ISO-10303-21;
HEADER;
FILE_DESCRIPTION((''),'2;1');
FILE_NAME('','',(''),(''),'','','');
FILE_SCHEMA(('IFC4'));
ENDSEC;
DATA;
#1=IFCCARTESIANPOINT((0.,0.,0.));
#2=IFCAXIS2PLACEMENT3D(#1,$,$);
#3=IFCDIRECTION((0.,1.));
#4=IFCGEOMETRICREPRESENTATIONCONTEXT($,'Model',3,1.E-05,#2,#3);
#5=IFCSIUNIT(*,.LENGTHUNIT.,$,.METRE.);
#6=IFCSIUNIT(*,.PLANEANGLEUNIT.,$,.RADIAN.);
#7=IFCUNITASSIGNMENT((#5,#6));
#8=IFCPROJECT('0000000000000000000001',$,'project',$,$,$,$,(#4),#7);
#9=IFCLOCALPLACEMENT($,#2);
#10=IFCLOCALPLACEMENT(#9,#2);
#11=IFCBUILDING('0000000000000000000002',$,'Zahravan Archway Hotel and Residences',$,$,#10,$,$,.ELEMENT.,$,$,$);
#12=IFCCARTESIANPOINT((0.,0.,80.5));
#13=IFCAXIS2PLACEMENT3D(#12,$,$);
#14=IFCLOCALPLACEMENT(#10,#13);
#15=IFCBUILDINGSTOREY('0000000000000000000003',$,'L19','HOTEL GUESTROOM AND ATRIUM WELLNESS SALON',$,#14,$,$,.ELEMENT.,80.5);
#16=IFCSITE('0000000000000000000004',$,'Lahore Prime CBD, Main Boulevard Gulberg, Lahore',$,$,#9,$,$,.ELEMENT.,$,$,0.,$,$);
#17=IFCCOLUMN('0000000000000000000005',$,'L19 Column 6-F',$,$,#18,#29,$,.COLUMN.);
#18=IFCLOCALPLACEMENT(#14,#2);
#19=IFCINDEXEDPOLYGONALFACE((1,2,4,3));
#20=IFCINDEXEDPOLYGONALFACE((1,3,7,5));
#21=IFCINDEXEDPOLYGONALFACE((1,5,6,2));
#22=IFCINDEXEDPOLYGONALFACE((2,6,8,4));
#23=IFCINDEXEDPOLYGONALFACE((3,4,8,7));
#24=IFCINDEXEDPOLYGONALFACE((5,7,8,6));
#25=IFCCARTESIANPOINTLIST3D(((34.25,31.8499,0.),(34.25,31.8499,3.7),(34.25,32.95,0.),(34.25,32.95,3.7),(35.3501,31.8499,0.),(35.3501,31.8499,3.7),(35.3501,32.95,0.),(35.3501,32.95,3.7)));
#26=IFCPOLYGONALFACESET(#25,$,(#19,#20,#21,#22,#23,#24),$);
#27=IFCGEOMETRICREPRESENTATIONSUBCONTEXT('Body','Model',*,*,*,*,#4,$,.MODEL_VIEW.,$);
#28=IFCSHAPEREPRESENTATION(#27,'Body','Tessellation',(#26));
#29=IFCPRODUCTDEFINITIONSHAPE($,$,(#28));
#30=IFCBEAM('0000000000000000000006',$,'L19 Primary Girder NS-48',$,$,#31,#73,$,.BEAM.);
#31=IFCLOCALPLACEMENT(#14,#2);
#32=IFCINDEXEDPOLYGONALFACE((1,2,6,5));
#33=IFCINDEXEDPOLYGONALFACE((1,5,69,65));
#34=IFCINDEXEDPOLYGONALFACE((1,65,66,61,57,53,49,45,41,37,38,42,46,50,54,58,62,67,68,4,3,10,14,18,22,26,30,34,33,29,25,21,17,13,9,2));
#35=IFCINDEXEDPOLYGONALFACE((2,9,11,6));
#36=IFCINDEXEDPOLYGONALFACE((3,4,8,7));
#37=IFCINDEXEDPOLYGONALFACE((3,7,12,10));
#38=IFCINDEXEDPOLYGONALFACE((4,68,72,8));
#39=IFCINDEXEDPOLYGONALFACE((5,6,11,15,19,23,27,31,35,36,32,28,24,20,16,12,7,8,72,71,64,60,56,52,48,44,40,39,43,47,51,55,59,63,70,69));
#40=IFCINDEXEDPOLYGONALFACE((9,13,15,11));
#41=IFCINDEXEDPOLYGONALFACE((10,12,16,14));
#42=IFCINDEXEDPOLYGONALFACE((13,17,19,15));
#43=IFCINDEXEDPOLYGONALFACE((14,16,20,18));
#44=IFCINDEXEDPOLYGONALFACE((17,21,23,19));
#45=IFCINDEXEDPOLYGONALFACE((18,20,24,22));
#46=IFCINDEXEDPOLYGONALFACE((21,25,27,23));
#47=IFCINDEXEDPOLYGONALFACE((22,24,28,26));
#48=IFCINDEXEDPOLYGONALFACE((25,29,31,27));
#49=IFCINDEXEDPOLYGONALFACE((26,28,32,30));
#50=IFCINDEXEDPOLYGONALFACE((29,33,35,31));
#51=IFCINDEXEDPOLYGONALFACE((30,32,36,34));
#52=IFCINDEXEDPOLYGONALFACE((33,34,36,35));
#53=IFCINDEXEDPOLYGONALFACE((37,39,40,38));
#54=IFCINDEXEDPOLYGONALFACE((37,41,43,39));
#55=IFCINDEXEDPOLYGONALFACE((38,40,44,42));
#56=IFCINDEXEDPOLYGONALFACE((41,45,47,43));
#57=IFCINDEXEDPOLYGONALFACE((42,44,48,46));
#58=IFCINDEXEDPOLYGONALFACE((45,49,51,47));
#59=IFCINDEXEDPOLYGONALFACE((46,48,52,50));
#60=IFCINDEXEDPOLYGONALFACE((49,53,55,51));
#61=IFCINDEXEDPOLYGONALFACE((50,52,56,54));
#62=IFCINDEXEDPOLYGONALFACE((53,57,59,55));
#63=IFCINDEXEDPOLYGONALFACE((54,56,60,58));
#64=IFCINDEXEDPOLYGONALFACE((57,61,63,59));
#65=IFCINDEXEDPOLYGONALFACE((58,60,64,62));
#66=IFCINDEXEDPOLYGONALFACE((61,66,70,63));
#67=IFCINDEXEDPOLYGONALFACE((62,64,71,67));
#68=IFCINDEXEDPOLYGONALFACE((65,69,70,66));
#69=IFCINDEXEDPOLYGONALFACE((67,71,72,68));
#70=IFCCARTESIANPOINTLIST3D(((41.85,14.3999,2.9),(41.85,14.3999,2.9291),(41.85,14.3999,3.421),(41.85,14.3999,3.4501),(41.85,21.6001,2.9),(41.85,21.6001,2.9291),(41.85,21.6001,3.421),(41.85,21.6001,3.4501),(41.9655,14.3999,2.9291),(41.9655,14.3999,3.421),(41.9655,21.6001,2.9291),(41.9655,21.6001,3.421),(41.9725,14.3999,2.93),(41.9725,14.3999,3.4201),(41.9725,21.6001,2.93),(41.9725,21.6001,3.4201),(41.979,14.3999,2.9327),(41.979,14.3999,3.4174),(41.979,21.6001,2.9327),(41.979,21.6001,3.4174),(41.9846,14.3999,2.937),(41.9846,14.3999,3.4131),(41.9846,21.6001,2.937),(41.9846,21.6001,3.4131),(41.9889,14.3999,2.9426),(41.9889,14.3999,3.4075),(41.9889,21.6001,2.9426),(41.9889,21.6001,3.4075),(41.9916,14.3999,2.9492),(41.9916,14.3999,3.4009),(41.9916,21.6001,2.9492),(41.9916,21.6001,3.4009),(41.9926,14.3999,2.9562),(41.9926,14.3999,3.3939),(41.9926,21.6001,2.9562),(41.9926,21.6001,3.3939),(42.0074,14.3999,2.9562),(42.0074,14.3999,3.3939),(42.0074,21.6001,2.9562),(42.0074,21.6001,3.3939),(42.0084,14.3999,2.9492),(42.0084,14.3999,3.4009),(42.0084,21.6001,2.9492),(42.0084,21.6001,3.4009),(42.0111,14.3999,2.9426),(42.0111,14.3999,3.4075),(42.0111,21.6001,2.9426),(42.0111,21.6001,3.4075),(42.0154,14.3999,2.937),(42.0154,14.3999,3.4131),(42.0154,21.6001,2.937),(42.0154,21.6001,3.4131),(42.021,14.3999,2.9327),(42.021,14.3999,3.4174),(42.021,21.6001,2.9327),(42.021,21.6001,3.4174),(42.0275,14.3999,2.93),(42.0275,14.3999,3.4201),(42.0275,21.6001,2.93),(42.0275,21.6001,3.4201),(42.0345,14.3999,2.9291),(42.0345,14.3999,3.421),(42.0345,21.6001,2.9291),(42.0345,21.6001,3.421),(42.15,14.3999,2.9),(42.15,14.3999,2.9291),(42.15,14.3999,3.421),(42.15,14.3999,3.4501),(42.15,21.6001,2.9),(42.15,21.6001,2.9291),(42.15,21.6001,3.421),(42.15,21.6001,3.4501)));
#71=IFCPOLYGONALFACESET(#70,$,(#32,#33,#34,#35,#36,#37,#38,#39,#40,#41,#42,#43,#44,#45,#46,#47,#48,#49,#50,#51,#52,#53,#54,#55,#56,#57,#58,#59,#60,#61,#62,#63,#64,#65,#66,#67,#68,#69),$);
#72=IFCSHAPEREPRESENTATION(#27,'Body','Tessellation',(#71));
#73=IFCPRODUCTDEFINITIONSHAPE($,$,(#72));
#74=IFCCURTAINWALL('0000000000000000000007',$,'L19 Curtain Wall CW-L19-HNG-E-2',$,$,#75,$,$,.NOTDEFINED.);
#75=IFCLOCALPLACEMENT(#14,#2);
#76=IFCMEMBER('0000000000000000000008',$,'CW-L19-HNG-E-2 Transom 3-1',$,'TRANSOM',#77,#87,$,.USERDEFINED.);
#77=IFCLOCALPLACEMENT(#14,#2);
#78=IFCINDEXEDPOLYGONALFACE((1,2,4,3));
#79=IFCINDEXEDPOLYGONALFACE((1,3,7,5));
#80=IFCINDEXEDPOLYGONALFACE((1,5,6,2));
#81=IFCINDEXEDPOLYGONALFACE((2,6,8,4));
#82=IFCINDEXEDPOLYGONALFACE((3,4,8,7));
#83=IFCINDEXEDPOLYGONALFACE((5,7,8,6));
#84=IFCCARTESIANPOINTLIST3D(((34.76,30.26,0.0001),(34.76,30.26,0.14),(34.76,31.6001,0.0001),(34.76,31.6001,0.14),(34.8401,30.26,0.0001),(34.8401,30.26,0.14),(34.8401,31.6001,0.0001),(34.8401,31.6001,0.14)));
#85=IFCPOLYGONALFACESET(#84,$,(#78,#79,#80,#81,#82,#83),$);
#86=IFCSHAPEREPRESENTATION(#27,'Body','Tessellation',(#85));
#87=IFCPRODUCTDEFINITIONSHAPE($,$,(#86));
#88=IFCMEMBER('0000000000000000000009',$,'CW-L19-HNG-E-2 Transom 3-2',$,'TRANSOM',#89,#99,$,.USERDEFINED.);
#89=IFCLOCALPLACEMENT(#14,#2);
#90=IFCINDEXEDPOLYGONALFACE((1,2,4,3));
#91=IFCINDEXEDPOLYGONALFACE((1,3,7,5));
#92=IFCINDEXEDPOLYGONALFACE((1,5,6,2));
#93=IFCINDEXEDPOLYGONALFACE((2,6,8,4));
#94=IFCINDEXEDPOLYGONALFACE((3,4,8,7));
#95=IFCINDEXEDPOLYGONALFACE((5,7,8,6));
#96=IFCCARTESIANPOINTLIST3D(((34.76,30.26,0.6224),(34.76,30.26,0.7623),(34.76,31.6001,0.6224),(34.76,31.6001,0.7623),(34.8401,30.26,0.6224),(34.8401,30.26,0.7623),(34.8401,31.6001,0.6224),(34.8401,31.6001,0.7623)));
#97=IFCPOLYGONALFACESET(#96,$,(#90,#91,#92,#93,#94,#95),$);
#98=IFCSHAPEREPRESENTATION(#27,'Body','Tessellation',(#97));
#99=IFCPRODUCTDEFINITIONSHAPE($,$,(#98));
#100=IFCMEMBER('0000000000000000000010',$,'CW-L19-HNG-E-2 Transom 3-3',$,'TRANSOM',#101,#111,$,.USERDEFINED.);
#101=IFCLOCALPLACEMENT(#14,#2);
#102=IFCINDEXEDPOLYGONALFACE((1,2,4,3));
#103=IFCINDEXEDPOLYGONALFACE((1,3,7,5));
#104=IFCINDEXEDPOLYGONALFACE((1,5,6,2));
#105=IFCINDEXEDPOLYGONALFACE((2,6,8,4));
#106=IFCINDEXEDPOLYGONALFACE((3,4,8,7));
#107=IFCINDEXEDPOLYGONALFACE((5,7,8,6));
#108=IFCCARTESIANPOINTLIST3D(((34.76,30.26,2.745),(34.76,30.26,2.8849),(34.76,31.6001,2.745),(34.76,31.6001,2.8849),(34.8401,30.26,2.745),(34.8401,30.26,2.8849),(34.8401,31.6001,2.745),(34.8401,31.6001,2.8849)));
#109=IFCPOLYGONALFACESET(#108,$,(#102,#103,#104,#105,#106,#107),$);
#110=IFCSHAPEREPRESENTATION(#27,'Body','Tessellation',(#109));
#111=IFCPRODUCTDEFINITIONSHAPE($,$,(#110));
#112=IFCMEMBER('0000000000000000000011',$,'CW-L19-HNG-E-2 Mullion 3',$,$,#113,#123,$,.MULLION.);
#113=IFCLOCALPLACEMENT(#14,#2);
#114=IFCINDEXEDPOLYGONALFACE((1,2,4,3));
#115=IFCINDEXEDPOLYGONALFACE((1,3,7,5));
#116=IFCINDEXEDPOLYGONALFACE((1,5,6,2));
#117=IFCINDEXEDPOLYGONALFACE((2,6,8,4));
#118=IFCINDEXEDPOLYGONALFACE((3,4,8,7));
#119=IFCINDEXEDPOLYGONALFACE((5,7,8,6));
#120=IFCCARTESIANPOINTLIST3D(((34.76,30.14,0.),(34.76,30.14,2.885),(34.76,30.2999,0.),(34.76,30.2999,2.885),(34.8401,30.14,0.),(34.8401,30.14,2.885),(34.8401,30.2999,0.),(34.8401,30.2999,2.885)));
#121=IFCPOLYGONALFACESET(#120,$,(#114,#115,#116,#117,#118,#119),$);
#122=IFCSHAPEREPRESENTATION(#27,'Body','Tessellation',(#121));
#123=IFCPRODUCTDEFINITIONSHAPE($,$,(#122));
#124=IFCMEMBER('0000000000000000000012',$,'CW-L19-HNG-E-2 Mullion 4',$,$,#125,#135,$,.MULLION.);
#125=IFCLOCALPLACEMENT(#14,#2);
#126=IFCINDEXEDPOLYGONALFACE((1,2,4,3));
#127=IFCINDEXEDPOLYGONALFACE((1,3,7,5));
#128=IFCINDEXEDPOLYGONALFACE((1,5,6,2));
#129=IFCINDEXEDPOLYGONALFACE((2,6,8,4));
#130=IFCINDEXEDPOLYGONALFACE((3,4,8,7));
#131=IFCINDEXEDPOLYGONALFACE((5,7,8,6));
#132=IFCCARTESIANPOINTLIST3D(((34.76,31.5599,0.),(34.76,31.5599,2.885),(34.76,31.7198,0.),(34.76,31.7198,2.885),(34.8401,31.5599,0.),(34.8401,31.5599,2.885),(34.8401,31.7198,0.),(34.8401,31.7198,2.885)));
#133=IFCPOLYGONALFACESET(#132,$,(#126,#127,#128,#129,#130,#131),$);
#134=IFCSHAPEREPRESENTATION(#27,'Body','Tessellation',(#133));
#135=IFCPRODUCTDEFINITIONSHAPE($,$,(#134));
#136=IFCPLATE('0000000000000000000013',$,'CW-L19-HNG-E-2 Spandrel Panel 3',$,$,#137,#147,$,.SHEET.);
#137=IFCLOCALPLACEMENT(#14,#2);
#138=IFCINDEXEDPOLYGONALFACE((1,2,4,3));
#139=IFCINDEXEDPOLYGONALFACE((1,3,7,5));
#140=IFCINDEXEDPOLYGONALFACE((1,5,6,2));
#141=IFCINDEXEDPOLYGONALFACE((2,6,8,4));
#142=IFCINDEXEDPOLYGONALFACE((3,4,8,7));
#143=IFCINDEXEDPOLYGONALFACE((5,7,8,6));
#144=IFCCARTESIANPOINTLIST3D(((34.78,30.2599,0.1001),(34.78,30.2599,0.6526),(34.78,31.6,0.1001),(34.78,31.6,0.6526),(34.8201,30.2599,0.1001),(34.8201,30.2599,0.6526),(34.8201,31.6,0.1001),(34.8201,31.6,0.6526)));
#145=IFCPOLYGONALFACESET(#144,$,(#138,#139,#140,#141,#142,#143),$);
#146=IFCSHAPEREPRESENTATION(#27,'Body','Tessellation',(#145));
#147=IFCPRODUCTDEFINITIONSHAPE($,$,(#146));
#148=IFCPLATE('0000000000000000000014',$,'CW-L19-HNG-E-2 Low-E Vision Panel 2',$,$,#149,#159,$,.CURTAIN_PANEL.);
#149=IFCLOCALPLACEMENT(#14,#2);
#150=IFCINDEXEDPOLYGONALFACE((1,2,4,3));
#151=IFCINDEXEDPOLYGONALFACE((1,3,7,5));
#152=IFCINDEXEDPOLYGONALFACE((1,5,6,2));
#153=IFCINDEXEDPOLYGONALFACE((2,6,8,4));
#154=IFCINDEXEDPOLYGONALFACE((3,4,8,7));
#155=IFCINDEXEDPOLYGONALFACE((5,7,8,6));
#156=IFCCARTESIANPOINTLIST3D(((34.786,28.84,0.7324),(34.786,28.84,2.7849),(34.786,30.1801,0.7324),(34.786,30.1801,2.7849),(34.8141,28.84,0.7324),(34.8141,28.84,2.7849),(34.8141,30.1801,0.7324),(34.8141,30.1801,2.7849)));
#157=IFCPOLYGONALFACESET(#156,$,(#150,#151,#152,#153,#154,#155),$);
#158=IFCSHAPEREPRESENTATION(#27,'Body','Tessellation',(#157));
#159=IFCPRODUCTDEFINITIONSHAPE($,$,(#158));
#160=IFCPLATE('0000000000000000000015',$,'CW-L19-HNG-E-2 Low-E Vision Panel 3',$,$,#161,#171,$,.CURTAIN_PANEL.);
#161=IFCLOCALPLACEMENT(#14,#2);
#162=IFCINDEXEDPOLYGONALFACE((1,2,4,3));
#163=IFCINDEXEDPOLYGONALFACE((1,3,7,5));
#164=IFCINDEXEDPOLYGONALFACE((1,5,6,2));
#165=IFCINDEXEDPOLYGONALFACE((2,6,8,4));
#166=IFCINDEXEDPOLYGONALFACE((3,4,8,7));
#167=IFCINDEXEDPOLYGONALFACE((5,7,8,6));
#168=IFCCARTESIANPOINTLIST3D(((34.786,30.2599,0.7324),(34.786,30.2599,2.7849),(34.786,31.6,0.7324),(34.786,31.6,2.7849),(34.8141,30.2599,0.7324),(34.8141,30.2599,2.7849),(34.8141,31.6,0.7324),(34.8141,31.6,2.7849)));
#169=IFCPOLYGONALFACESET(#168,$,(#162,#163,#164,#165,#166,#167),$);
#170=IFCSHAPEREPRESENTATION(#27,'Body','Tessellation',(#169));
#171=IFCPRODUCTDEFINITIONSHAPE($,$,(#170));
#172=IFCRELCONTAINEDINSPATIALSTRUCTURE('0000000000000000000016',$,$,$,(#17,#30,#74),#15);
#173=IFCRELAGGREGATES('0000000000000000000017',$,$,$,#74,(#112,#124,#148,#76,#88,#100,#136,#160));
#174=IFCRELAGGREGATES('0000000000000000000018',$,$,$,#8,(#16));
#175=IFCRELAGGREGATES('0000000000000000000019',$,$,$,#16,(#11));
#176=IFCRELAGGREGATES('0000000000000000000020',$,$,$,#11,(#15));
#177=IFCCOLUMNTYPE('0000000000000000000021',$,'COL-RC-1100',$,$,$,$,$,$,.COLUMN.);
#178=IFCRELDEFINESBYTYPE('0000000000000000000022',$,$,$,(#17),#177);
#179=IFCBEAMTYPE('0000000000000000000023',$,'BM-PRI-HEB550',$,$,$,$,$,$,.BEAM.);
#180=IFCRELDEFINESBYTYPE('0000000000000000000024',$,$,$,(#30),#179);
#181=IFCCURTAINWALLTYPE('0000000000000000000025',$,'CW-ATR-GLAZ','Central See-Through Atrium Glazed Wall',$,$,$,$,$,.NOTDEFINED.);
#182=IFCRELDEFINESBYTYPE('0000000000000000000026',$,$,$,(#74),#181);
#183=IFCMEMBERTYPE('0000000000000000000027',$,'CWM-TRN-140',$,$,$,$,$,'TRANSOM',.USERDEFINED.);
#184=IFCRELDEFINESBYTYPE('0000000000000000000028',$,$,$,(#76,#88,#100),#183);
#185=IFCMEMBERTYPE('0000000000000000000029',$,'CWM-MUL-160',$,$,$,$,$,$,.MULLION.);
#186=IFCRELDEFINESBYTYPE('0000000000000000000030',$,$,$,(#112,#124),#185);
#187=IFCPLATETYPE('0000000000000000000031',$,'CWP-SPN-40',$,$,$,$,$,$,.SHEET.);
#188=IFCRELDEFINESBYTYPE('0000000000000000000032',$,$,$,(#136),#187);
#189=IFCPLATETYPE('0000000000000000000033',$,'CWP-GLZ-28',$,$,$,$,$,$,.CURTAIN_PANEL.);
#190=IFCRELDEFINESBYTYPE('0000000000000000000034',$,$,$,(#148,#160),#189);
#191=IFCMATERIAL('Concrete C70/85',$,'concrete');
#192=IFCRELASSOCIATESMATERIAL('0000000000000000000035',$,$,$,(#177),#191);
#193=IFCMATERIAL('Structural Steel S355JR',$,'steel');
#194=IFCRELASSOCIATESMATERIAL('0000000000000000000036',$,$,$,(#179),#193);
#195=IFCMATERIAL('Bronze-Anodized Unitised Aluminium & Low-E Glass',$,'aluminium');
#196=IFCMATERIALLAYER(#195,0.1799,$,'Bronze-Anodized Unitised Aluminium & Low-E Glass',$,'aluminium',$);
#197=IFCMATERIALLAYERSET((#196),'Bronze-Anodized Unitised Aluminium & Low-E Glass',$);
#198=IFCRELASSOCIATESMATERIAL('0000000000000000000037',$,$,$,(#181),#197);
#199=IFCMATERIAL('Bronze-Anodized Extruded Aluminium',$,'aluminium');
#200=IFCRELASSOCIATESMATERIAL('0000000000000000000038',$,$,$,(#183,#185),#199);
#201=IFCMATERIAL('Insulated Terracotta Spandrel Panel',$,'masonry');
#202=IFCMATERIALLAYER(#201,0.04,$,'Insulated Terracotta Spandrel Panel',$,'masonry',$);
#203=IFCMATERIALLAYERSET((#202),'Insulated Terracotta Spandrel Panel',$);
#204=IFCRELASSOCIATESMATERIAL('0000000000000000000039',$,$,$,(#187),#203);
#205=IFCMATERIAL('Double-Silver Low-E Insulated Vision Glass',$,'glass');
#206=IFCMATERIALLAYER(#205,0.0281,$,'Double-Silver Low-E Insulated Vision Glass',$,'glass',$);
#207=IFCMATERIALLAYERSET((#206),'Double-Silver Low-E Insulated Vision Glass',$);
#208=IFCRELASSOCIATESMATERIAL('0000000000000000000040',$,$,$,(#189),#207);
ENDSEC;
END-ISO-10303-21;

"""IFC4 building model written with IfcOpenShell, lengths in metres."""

from ifc_helpers import new_model, si_unit, direction, frame, origin, origin_2d, place, context, subcontext, project, spatial, rectangle, i_section, extrude, source, transform, mapped, material, layer, layer_set, material_profile, profile_set, type_object, type_shapes, element, aggregate, save


model = new_model("IFC4")

# Units and contexts
model_context = context("Model", 3, precision=1e-05, world=origin(), true_north=direction((0.0, 1.0)))
body_context = subcontext(model_context, "Body", "Model", "MODEL_VIEW")
ifc_project = project(units=[si_unit("LENGTHUNIT", "METRE"), si_unit("PLANEANGLEUNIT", "RADIAN")], contexts=[model_context])

# Site, building, storey
site_placement = place(None, origin())
site = spatial("IfcSite", under=ifc_project, at=site_placement, Name="Lahore Prime CBD, Main Boulevard Gulberg, Lahore", CompositionType="ELEMENT", RefElevation=0.0)
building_placement = place(site_placement, origin())
building = spatial("IfcBuilding", under=site, at=building_placement, Name="Zahravan Archway Hotel and Residences", CompositionType="ELEMENT")
storey_placement = place(building_placement, frame((0.0, 0.0, 80.5)))
storey = spatial("IfcBuildingStorey", under=building, at=storey_placement, Name="L19", Description="HOTEL GUESTROOM AND ATRIUM WELLNESS SALON", CompositionType="ELEMENT", Elevation=80.5)

# Column
ifc_material_1 = material(Name="Concrete C70/85", Category="concrete")
ifc_material_profile_1 = material_profile(ifc_material_1, rectangle(XDim=1.1001, YDim=1.1001, at=origin_2d()), Name="RC 1100x1100", Category="concrete")
ifc_profile_set_1 = profile_set([ifc_material_profile_1], Name="Concrete C70/85")
column_type = type_object("IfcColumnType", Name="COL-RC-1100", PredefinedType="COLUMN", material=ifc_profile_set_1)
shared_shape_1 = source(origin(), body_context, "Body", "SweptSolid", [
    extrude(rectangle(XDim=1.1001, YDim=1.1001, at=origin_2d()), origin(), (0.0, 0.0, 1.0), 3.7),
])
column_placement = place(storey_placement, frame((34.8, 32.3999, 0.0), z_axis=(0.0, 0.0, 1.0), x_axis=(1.0, 0.0, 0.0)))
element("IfcColumn", 1, at=column_placement, inside=storey, type_object=column_type, Name="L19 Column 6-F", PredefinedType="COLUMN", context=body_context, shape_type="MappedRepresentation", body=[
    mapped(shared_shape_1, transform((0.0, 0.0, 0.0), scale=1.0)),
])

# Beam
ifc_material_2 = material(Name="Structural Steel S355JR", Category="steel")
ifc_material_profile_2 = material_profile(ifc_material_2, i_section(OverallWidth=0.3, OverallDepth=0.55, WebThickness=0.0149, FlangeThickness=0.0291, FilletRadius=0.0271, at=origin_2d()), Name="HEB 550", Category="steel")
ifc_profile_set_2 = profile_set([ifc_material_profile_2], Name="Structural Steel S355JR")
beam_type = type_object("IfcBeamType", Name="BM-PRI-HEB550", PredefinedType="BEAM", material=ifc_profile_set_2)
shared_shape_2 = source(origin(), body_context, "Body", "SweptSolid", [
    extrude(i_section(OverallWidth=0.3, OverallDepth=0.55, WebThickness=0.0149, FlangeThickness=0.0291, FilletRadius=0.0271, at=origin_2d()), origin(), (0.0, 0.0, 1.0), 7.2002),
])
type_shapes(beam_type, [shared_shape_2])
beam_placement = place(storey_placement, frame((42.0, 14.3999, 3.175), z_axis=(0.0, 1.0, 0.0), x_axis=(-1.0, 0.0, 0.0)))
element("IfcBeam", 2, at=beam_placement, inside=storey, type_object=beam_type, Name="L19 Primary Girder NS-48", PredefinedType="BEAM", context=body_context, shape_type="MappedRepresentation", body=[
    mapped(shared_shape_2, transform((0.0, 0.0, 0.0), scale=1.0)),
])

# Curtain wall, members, plates
ifc_material_3 = material(Name="Bronze-Anodized Unitised Aluminium & Low-E Glass", Category="aluminium")
ifc_layer_1 = layer(ifc_material_3, 0.1799, Name="Bronze-Anodized Unitised Aluminium & Low-E Glass", Category="aluminium")
ifc_layer_set_1 = layer_set([ifc_layer_1], Name="Bronze-Anodized Unitised Aluminium & Low-E Glass")
curtain_wall_type = type_object("IfcCurtainWallType", Name="CW-ATR-GLAZ", Description="Central See-Through Atrium Glazed Wall", PredefinedType="NOTDEFINED", material=ifc_layer_set_1)
curtain_wall_placement = place(storey_placement, origin())
curtain_wall = element("IfcCurtainWall", 3, at=curtain_wall_placement, inside=storey, type_object=curtain_wall_type, Name="L19 Curtain Wall CW-L19-HNG-E-2", PredefinedType="NOTDEFINED")
ifc_material_4 = material(Name="Bronze-Anodized Extruded Aluminium", Category="aluminium")
ifc_material_profile_3 = material_profile(ifc_material_4, rectangle(XDim=0.0801, YDim=0.1399, at=origin_2d()), Name="TRN 80x140", Category="aluminium")
ifc_profile_set_3 = profile_set([ifc_material_profile_3], Name="Bronze-Anodized Extruded Aluminium")
member_type_1 = type_object("IfcMemberType", Name="CWM-TRN-140", ElementType="TRANSOM", PredefinedType="USERDEFINED", material=ifc_profile_set_3)
shared_shape_3 = source(origin(), body_context, "Body", "SweptSolid", [
    extrude(rectangle(XDim=0.0801, YDim=0.1399, at=origin_2d()), origin(), (0.0, 0.0, 1.0), 1.3401),
])
member_1_placement = place(storey_placement, frame((34.8, 30.26, 0.0701), z_axis=(0.0, 1.0, 0.0), x_axis=(-1.0, 0.0, 0.0)))
member_1 = element("IfcMember", 4, at=member_1_placement, type_object=member_type_1, Name="CW-L19-HNG-E-2 Transom 3-1", ObjectType="TRANSOM", PredefinedType="USERDEFINED", context=body_context, shape_type="MappedRepresentation", body=[
    mapped(shared_shape_3, transform((0.0, 0.0, 0.0), scale=1.0)),
])
member_2_placement = place(storey_placement, frame((34.8, 30.26, 0.6924), z_axis=(0.0, 1.0, 0.0), x_axis=(-1.0, 0.0, 0.0)))
member_2 = element("IfcMember", 5, at=member_2_placement, type_object=member_type_1, Name="CW-L19-HNG-E-2 Transom 3-2", ObjectType="TRANSOM", PredefinedType="USERDEFINED", context=body_context, shape_type="MappedRepresentation", body=[
    mapped(shared_shape_3, transform((0.0, 0.0, 0.0), scale=1.0)),
])
member_3_placement = place(storey_placement, frame((34.8, 30.26, 2.8149), z_axis=(0.0, 1.0, 0.0), x_axis=(-1.0, 0.0, 0.0)))
member_3 = element("IfcMember", 6, at=member_3_placement, type_object=member_type_1, Name="CW-L19-HNG-E-2 Transom 3-3", ObjectType="TRANSOM", PredefinedType="USERDEFINED", context=body_context, shape_type="MappedRepresentation", body=[
    mapped(shared_shape_3, transform((0.0, 0.0, 0.0), scale=1.0)),
])
ifc_material_profile_4 = material_profile(ifc_material_4, rectangle(XDim=0.0801, YDim=0.1599, at=origin_2d()), Name="MUL 80x160", Category="aluminium")
ifc_profile_set_4 = profile_set([ifc_material_profile_4], Name="Bronze-Anodized Extruded Aluminium")
member_type_2 = type_object("IfcMemberType", Name="CWM-MUL-160", PredefinedType="MULLION", material=ifc_profile_set_4)
shared_shape_4 = source(origin(), body_context, "Body", "SweptSolid", [
    extrude(rectangle(XDim=0.0801, YDim=0.1599, at=origin_2d()), origin(), (0.0, 0.0, 1.0), 2.885),
])
member_4_placement = place(storey_placement, frame((34.8, 30.22, 0.0), z_axis=(0.0, 0.0, 1.0), x_axis=(1.0, 0.0, 0.0)))
member_4 = element("IfcMember", 7, at=member_4_placement, type_object=member_type_2, Name="CW-L19-HNG-E-2 Mullion 3", PredefinedType="MULLION", context=body_context, shape_type="MappedRepresentation", body=[
    mapped(shared_shape_4, transform((0.0, 0.0, 0.0), scale=1.0)),
])
member_5_placement = place(storey_placement, frame((34.8, 31.6399, 0.0), z_axis=(0.0, 0.0, 1.0), x_axis=(1.0, 0.0, 0.0)))
member_5 = element("IfcMember", 8, at=member_5_placement, type_object=member_type_2, Name="CW-L19-HNG-E-2 Mullion 4", PredefinedType="MULLION", context=body_context, shape_type="MappedRepresentation", body=[
    mapped(shared_shape_4, transform((0.0, 0.0, 0.0), scale=1.0)),
])
ifc_material_5 = material(Name="Insulated Terracotta Spandrel Panel", Category="masonry")
ifc_layer_2 = layer(ifc_material_5, 0.04, Name="Insulated Terracotta Spandrel Panel", Category="masonry")
ifc_layer_set_2 = layer_set([ifc_layer_2], Name="Insulated Terracotta Spandrel Panel")
plate_type_1 = type_object("IfcPlateType", Name="CWP-SPN-40", PredefinedType="SHEET", material=ifc_layer_set_2)
shared_shape_5 = source(origin(), body_context, "Body", "SweptSolid", [
    extrude(rectangle(XDim=1.3401, YDim=0.04, at=origin_2d()), origin(), (0.0, 0.0, 1.0), 0.5525),
])
plate_1_placement = place(storey_placement, frame((34.8, 30.9299, 0.1001), z_axis=(0.0, 0.0, 1.0), x_axis=(0.0, 1.0, 0.0)))
plate_1 = element("IfcPlate", 9, at=plate_1_placement, type_object=plate_type_1, Name="CW-L19-HNG-E-2 Spandrel Panel 3", PredefinedType="SHEET", context=body_context, shape_type="MappedRepresentation", body=[
    mapped(shared_shape_5, transform((0.0, 0.0, 0.0), scale=1.0)),
])
ifc_material_6 = material(Name="Double-Silver Low-E Insulated Vision Glass", Category="glass")
ifc_layer_3 = layer(ifc_material_6, 0.0281, Name="Double-Silver Low-E Insulated Vision Glass", Category="glass")
ifc_layer_set_3 = layer_set([ifc_layer_3], Name="Double-Silver Low-E Insulated Vision Glass")
plate_type_2 = type_object("IfcPlateType", Name="CWP-GLZ-28", PredefinedType="CURTAIN_PANEL", material=ifc_layer_set_3)
shared_shape_6 = source(origin(), body_context, "Body", "SweptSolid", [
    extrude(rectangle(XDim=1.3401, YDim=0.0281, at=origin_2d()), origin(), (0.0, 0.0, 1.0), 2.0525),
])
plate_2_placement = place(storey_placement, frame((34.8, 29.51, 0.7324), z_axis=(0.0, 0.0, 1.0), x_axis=(0.0, 1.0, 0.0)))
plate_2 = element("IfcPlate", 10, at=plate_2_placement, type_object=plate_type_2, Name="CW-L19-HNG-E-2 Low-E Vision Panel 2", PredefinedType="CURTAIN_PANEL", context=body_context, shape_type="MappedRepresentation", body=[
    mapped(shared_shape_6, transform((0.0, 0.0, 0.0), scale=1.0)),
])
plate_3_placement = place(storey_placement, frame((34.8, 30.9299, 0.7324), z_axis=(0.0, 0.0, 1.0), x_axis=(0.0, 1.0, 0.0)))
plate_3 = element("IfcPlate", 11, at=plate_3_placement, type_object=plate_type_2, Name="CW-L19-HNG-E-2 Low-E Vision Panel 3", PredefinedType="CURTAIN_PANEL", context=body_context, shape_type="MappedRepresentation", body=[
    mapped(shared_shape_6, transform((0.0, 0.0, 0.0), scale=1.0)),
])
aggregate(curtain_wall, [member_4, member_5, plate_2, member_1, member_2, member_3, plate_1, plate_3])

save(model, "model.ifc")
